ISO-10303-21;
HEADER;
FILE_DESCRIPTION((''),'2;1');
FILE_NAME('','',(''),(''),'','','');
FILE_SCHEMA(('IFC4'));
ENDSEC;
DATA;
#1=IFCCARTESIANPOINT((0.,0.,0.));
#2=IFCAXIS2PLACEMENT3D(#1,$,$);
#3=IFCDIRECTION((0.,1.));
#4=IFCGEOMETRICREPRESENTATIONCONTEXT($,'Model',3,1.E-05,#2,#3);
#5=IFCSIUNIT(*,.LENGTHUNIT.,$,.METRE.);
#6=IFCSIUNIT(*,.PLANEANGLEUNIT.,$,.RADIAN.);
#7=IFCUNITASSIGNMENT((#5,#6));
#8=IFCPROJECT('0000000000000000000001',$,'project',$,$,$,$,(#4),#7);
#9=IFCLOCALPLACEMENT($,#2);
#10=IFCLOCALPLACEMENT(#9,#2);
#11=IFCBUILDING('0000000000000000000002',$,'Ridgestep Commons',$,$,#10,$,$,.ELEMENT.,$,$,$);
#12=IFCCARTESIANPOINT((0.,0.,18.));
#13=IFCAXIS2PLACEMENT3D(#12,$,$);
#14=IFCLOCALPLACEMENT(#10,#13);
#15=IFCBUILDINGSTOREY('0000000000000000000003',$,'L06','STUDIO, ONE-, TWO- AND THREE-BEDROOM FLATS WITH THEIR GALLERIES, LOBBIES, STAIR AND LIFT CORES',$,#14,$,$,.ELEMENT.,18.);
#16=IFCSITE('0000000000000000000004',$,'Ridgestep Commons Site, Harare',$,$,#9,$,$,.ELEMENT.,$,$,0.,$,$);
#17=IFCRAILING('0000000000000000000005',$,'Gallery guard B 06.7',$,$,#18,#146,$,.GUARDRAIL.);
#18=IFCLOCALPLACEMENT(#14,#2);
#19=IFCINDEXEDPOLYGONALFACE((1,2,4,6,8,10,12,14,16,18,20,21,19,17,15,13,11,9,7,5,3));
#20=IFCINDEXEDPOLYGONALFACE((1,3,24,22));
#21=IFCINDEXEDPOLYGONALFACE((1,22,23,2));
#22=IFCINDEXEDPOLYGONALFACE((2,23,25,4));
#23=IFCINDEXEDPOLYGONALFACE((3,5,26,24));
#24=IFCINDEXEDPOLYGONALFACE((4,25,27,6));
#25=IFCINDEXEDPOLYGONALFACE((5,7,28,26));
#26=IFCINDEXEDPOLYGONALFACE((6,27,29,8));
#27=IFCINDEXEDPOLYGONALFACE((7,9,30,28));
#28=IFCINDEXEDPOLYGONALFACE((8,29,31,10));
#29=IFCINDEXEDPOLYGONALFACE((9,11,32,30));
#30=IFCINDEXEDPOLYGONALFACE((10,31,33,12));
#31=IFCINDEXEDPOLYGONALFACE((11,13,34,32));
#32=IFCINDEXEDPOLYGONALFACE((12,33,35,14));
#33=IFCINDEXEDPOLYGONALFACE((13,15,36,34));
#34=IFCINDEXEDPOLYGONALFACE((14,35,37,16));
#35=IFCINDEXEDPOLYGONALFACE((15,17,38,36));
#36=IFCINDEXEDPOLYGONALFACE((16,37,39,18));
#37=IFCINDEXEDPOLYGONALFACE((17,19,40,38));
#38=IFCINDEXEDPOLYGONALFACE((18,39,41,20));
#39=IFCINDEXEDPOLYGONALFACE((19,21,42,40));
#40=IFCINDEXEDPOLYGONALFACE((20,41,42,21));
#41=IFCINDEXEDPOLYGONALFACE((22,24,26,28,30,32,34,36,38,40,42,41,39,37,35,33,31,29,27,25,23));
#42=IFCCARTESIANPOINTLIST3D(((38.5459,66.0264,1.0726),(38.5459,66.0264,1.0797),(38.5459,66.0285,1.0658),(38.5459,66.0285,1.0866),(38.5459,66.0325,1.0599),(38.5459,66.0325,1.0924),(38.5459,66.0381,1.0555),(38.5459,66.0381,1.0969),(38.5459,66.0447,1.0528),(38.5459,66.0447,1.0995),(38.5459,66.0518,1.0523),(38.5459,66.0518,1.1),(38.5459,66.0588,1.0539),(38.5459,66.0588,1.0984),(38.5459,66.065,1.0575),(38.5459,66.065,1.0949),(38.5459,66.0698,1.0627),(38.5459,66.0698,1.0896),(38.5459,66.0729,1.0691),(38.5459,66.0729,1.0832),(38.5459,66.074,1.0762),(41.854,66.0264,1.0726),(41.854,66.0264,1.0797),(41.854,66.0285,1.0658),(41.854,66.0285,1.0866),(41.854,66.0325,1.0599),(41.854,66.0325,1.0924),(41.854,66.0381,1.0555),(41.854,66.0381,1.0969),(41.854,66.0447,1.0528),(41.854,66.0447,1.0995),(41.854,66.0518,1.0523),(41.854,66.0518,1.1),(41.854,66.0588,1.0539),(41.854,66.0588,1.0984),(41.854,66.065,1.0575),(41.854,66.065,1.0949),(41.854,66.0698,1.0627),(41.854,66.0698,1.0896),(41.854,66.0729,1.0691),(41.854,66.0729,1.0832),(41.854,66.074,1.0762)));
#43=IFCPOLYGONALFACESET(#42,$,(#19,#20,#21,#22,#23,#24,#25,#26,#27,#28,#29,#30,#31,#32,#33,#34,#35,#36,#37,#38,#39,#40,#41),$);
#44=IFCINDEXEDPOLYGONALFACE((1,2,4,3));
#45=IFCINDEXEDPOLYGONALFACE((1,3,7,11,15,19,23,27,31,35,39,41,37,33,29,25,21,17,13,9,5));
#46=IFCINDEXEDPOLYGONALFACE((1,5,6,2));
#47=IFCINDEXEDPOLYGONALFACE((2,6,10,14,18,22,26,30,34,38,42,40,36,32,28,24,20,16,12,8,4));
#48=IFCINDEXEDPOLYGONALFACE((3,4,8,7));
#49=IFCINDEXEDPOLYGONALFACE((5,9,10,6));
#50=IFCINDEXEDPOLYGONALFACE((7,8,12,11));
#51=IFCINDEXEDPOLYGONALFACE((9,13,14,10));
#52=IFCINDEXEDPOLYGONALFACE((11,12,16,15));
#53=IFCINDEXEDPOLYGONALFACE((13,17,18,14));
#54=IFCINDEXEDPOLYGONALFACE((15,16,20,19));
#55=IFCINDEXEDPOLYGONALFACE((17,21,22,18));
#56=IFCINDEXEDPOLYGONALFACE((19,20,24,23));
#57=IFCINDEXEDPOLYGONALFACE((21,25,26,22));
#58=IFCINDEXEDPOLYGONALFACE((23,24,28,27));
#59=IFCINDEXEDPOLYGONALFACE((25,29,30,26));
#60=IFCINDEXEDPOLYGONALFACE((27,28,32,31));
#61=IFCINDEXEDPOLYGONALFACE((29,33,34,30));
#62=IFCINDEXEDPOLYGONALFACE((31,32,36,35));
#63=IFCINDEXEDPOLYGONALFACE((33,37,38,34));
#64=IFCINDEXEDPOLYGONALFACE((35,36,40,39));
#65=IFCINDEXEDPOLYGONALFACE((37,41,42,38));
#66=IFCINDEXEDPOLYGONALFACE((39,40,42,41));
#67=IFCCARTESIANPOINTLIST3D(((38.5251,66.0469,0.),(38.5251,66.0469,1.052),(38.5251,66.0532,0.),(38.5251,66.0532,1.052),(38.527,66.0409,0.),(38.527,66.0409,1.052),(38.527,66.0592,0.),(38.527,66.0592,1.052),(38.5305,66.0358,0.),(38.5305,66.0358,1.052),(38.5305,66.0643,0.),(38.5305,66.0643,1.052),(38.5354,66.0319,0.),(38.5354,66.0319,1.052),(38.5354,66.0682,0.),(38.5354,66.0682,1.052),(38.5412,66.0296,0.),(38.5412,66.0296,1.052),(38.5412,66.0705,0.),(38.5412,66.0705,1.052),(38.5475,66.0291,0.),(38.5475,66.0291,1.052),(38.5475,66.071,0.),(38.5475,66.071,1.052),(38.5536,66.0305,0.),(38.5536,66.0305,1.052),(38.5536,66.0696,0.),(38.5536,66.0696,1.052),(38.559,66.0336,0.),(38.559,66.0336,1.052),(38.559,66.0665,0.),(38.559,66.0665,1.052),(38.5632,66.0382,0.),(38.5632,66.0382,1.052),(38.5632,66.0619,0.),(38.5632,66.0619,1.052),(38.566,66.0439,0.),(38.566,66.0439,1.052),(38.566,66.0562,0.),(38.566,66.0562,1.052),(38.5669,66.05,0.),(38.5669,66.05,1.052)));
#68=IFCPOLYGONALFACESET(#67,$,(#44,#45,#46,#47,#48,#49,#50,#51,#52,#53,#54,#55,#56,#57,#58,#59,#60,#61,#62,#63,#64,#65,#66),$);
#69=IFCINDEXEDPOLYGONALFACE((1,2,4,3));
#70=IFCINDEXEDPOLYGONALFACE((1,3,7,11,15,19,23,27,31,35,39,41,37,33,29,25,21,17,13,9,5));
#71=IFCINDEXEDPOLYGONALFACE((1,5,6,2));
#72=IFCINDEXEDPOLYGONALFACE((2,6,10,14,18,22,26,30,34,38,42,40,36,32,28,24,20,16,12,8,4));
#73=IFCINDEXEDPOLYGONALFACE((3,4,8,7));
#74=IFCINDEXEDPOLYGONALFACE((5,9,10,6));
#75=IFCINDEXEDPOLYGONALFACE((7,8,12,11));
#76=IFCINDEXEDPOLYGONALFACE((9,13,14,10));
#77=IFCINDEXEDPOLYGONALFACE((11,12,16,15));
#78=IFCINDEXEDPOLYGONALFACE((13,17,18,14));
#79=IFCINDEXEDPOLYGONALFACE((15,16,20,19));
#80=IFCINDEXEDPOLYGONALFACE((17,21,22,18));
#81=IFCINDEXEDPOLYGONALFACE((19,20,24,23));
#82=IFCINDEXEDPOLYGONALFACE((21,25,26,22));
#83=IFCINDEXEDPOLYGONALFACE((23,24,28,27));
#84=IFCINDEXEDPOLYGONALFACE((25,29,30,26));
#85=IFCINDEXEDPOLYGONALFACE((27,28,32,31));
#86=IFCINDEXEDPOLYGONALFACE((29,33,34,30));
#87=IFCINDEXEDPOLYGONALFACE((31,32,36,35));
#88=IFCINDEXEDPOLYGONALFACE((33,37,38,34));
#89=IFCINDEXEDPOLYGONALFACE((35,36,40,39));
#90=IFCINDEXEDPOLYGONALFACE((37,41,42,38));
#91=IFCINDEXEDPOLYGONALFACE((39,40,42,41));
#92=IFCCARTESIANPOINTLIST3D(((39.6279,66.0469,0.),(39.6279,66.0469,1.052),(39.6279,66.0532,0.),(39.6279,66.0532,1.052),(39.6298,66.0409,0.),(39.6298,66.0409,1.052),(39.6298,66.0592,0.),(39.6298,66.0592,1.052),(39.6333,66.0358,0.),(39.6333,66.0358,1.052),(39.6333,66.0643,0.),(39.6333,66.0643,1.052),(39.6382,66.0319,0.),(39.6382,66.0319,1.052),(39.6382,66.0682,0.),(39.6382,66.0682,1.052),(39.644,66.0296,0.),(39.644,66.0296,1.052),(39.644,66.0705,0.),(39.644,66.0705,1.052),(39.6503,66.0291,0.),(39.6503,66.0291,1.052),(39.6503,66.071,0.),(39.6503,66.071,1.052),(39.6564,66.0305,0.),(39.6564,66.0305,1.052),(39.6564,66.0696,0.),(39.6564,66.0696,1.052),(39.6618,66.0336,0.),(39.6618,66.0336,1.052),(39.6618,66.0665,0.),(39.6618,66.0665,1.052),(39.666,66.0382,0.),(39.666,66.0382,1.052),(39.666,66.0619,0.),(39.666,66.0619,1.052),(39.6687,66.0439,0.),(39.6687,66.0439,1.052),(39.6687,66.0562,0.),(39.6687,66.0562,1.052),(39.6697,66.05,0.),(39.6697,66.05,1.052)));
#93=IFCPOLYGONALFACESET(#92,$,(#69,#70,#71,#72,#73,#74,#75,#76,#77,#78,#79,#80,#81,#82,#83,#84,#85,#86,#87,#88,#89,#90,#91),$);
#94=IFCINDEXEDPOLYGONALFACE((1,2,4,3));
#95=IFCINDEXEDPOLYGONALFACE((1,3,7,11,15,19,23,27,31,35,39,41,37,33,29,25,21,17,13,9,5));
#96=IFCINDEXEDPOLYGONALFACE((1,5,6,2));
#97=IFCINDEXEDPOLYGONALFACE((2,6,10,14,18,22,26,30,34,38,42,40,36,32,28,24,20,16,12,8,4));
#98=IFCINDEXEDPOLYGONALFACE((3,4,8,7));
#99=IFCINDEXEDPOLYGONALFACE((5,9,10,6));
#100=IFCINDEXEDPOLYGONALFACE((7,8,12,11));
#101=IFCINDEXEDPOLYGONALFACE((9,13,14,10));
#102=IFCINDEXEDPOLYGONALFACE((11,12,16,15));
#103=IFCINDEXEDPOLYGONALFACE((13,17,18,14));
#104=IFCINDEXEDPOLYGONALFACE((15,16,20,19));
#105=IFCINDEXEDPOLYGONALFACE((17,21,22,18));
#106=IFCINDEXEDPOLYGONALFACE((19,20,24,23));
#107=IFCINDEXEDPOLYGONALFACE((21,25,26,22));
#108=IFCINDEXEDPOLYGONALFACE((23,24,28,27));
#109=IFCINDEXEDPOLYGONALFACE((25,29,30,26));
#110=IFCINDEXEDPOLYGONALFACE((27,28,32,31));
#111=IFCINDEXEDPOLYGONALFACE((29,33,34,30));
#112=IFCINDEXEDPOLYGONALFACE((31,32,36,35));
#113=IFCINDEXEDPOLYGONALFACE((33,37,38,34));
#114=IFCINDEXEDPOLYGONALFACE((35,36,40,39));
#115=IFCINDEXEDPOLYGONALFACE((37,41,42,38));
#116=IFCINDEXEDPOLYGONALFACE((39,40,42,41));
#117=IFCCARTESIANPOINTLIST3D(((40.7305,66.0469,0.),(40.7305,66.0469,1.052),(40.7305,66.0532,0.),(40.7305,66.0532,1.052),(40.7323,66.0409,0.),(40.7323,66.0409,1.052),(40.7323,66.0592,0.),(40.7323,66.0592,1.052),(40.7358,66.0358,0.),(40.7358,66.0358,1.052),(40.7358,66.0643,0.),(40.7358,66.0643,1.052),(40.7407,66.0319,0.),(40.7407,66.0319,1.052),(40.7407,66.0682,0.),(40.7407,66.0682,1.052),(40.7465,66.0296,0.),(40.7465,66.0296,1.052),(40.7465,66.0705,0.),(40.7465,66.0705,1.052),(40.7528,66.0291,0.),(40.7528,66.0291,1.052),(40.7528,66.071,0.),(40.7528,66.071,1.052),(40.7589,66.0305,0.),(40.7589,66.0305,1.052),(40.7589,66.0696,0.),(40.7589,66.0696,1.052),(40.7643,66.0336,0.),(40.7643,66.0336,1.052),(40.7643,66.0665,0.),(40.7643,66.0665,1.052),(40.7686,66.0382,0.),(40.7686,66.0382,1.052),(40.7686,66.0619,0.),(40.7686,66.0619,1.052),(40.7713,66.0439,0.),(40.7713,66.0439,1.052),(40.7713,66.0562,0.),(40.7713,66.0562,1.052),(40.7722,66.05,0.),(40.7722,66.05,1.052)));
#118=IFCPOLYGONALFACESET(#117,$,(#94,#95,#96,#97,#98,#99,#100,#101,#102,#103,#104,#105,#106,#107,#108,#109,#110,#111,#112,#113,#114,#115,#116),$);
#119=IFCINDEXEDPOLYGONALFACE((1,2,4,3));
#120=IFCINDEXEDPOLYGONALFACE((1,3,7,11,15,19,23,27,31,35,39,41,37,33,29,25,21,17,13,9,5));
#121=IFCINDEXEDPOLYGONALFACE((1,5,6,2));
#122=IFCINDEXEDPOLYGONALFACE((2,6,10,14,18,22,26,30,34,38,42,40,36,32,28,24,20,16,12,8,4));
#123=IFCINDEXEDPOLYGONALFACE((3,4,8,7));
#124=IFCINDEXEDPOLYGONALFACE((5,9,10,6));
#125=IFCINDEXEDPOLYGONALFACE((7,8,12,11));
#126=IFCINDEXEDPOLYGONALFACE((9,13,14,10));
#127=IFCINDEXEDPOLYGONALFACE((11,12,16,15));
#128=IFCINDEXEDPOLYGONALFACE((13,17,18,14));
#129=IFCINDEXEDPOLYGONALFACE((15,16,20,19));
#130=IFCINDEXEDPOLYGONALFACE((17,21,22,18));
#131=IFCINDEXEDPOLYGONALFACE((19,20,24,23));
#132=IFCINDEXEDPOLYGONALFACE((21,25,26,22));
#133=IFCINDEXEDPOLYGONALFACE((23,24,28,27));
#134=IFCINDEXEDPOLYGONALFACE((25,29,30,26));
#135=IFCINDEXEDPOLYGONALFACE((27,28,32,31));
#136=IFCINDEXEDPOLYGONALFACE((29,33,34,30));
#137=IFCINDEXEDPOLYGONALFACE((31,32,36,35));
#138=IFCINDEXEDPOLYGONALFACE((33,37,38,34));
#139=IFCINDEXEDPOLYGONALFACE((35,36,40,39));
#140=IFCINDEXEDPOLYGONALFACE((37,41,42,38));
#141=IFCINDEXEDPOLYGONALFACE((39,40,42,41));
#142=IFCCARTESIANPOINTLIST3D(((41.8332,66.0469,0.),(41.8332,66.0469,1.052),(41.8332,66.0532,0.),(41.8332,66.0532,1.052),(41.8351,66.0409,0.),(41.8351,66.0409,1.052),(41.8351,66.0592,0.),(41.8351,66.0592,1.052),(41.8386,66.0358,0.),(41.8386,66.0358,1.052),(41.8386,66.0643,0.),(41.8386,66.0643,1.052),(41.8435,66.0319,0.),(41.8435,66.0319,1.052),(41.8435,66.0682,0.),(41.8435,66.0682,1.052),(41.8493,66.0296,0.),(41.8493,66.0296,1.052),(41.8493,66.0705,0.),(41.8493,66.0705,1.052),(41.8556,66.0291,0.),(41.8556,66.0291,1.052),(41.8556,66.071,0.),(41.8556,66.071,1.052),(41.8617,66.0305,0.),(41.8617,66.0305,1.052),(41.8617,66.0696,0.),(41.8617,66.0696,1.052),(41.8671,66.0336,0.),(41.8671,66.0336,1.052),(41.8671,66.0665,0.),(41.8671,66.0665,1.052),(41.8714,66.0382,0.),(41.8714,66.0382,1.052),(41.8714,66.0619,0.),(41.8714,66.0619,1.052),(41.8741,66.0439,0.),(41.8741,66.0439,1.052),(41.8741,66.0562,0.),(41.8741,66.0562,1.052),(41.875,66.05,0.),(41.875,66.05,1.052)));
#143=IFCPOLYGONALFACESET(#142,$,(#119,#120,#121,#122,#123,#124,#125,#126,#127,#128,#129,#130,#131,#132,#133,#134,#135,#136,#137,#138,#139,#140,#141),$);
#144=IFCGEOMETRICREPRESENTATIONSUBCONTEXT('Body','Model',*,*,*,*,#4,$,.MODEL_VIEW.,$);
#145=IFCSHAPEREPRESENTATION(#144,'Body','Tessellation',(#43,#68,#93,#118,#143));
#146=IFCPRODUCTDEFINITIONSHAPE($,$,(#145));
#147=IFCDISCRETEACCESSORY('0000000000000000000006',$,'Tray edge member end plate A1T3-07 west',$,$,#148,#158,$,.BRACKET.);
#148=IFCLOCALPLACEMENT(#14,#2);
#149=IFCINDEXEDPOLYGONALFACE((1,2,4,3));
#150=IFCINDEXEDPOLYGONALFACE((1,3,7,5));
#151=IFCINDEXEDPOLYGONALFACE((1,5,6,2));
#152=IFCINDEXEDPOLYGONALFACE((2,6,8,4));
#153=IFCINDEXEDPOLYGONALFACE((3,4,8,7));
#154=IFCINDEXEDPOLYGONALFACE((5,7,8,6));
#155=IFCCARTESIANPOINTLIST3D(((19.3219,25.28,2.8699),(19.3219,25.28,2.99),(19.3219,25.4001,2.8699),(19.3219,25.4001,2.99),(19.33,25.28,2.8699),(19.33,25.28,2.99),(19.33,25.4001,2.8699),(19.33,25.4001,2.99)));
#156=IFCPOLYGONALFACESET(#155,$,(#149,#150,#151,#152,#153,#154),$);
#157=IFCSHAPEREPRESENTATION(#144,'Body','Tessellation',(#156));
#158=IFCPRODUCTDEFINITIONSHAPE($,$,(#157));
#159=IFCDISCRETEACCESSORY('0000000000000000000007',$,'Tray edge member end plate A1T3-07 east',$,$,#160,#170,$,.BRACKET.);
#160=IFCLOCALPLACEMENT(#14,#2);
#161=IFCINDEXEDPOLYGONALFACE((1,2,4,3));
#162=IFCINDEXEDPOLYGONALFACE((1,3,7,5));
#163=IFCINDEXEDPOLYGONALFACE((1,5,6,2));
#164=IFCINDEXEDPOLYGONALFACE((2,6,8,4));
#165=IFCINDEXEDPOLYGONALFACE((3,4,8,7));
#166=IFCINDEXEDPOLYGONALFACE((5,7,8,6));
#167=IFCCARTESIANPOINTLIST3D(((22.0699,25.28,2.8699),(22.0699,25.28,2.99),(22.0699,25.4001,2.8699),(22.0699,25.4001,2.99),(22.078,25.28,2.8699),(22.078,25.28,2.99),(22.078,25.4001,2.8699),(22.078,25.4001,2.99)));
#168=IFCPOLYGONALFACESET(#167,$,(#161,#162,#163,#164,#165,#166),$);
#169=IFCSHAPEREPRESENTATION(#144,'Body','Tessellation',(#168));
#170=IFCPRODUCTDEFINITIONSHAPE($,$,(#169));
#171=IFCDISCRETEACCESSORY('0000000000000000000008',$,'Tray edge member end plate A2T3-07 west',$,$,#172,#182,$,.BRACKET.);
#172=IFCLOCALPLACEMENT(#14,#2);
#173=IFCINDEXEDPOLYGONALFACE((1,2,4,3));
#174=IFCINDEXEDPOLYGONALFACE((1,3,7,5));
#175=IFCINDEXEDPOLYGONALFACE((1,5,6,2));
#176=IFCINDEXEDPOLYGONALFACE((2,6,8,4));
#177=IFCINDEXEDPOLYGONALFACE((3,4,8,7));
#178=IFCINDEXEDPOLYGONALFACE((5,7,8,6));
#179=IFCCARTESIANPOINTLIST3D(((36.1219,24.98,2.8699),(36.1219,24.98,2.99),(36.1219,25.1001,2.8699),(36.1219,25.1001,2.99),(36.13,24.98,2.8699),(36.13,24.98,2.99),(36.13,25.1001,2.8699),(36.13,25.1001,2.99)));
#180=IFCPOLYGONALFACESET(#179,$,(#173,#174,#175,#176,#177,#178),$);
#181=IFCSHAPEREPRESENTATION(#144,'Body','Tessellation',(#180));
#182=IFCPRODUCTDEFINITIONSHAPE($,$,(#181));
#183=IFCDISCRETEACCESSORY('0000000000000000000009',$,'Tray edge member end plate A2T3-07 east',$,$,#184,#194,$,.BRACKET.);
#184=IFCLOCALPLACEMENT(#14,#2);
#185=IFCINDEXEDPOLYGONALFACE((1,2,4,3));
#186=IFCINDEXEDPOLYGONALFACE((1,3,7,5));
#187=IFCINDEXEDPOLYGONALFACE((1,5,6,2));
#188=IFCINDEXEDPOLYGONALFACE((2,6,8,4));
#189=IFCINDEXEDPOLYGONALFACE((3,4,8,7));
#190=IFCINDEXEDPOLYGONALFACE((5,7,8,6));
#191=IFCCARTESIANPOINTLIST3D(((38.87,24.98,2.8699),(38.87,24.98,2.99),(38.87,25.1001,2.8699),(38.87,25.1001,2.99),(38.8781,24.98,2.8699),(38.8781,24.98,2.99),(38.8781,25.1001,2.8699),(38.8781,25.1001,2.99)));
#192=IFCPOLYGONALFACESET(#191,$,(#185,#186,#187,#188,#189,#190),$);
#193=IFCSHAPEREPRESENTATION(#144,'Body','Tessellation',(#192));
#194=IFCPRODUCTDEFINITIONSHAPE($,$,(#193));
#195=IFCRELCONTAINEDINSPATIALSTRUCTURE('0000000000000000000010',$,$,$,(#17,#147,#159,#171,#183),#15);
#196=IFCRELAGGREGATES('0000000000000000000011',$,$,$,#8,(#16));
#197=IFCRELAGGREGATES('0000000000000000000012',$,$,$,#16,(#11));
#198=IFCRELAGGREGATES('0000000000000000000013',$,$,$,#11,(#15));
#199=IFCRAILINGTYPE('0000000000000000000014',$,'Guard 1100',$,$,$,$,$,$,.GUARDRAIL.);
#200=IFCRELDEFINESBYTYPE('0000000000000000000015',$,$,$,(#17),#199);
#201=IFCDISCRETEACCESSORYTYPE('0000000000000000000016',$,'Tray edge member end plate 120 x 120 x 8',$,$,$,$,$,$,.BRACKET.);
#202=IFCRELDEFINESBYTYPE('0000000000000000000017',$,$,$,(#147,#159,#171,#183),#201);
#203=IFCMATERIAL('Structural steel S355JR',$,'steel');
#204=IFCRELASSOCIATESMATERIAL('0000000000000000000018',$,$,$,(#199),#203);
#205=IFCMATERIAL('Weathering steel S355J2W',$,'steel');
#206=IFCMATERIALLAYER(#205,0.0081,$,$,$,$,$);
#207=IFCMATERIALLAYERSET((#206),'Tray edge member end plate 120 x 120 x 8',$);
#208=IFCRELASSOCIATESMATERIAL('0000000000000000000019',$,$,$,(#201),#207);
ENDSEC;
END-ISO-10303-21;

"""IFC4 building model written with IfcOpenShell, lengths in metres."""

from ifc_helpers import new_model, si_unit, direction, frame, origin, origin_2d, place, context, subcontext, project, spatial, rectangle, circle, extrude, material, layer, layer_set, type_object, element, save


model = new_model("IFC4")

# Units and contexts
model_context = context("Model", 3, precision=1e-05, world=origin(), true_north=direction((0.0, 1.0)))
body_context = subcontext(model_context, "Body", "Model", "MODEL_VIEW")
ifc_project = project(units=[si_unit("LENGTHUNIT", "METRE"), si_unit("PLANEANGLEUNIT", "RADIAN")], contexts=[model_context])

# Site, building, storey
site_placement = place(None, origin())
site = spatial("IfcSite", under=ifc_project, at=site_placement, Name="Ridgestep Commons Site, Harare", CompositionType="ELEMENT", RefElevation=0.0)
building_placement = place(site_placement, origin())
building = spatial("IfcBuilding", under=site, at=building_placement, Name="Ridgestep Commons", CompositionType="ELEMENT")
storey_placement = place(building_placement, frame((0.0, 0.0, 18.0)))
storey = spatial("IfcBuildingStorey", under=building, at=storey_placement, Name="L06", Description="STUDIO, ONE-, TWO- AND THREE-BEDROOM FLATS WITH THEIR GALLERIES, LOBBIES, STAIR AND LIFT CORES", CompositionType="ELEMENT", Elevation=18.0)

# Railing
ifc_material_1 = material(Name="Structural steel S355JR", Category="steel")
railing_type = type_object("IfcRailingType", Name="Guard 1100", PredefinedType="GUARDRAIL", material=ifc_material_1)
railing_1_placement = place(storey_placement, frame((38.5459, 66.05, 0.0)))
element("IfcRailing", 1, at=railing_1_placement, inside=storey, type_object=railing_type, Name="Gallery guard B 06.7", PredefinedType="GUARDRAIL", context=body_context, shape_type="SweptSolid", body=[
    extrude(circle(Radius=0.0239, at=origin_2d()), frame((0.0, 0.0, 1.0762), z_axis=(1.0, 0.0, 0.0), x_axis=(0.0, 1.0, 0.0)), (0.0, 0.0, 1.0), 3.3081),
    extrude(circle(Radius=0.021, at=origin_2d()), origin(), (0.0, 0.0, 1.0), 1.052),
    extrude(circle(Radius=0.021, at=origin_2d()), frame((1.1028, 0.0, 0.0)), (0.0, 0.0, 1.0), 1.052),
    extrude(circle(Radius=0.021, at=origin_2d()), frame((2.2053, 0.0, 0.0)), (0.0, 0.0, 1.0), 1.052),
    extrude(circle(Radius=0.021, at=origin_2d()), frame((3.3081, 0.0, 0.0)), (0.0, 0.0, 1.0), 1.052),
])

# Discrete accessories
ifc_material_2 = material(Name="Weathering steel S355J2W", Category="steel")
ifc_layer_1 = layer(ifc_material_2, 0.0081)
ifc_layer_set_1 = layer_set([ifc_layer_1], Name="Tray edge member end plate 120 x 120 x 8")
discrete_accessory_type = type_object("IfcDiscreteAccessoryType", Name="Tray edge member end plate 120 x 120 x 8", PredefinedType="BRACKET", material=ifc_layer_set_1)
for number, where, z_axis, x_axis, name in (
    (2, (19.3259, 25.3401, 2.8699), (0.0, 0.0, 1.0), (1.0, 0.0, 0.0), "Tray edge member end plate A1T3-07 west"),
    (3, (22.074, 25.3401, 2.8699), (0.0, 0.0, 1.0), (1.0, 0.0, 0.0), "Tray edge member end plate A1T3-07 east"),
    (4, (36.126, 25.04, 2.8699), (0.0, 0.0, 1.0), (1.0, 0.0, 0.0), "Tray edge member end plate A2T3-07 west"),
    (5, (38.874, 25.04, 2.8699), (0.0, 0.0, 1.0), (1.0, 0.0, 0.0), "Tray edge member end plate A2T3-07 east"),
):
    element("IfcDiscreteAccessory", number, at=place(storey_placement, frame(where, z_axis=z_axis, x_axis=x_axis)), inside=storey, type_object=discrete_accessory_type, Name=name, PredefinedType="BRACKET", context=body_context, shape_type="SweptSolid", body=[
        extrude(rectangle(XDim=0.0081, YDim=0.1201, at=origin_2d()), origin(), (0.0, 0.0, 1.0), 0.1201),
    ])

save(model, "model.ifc")
